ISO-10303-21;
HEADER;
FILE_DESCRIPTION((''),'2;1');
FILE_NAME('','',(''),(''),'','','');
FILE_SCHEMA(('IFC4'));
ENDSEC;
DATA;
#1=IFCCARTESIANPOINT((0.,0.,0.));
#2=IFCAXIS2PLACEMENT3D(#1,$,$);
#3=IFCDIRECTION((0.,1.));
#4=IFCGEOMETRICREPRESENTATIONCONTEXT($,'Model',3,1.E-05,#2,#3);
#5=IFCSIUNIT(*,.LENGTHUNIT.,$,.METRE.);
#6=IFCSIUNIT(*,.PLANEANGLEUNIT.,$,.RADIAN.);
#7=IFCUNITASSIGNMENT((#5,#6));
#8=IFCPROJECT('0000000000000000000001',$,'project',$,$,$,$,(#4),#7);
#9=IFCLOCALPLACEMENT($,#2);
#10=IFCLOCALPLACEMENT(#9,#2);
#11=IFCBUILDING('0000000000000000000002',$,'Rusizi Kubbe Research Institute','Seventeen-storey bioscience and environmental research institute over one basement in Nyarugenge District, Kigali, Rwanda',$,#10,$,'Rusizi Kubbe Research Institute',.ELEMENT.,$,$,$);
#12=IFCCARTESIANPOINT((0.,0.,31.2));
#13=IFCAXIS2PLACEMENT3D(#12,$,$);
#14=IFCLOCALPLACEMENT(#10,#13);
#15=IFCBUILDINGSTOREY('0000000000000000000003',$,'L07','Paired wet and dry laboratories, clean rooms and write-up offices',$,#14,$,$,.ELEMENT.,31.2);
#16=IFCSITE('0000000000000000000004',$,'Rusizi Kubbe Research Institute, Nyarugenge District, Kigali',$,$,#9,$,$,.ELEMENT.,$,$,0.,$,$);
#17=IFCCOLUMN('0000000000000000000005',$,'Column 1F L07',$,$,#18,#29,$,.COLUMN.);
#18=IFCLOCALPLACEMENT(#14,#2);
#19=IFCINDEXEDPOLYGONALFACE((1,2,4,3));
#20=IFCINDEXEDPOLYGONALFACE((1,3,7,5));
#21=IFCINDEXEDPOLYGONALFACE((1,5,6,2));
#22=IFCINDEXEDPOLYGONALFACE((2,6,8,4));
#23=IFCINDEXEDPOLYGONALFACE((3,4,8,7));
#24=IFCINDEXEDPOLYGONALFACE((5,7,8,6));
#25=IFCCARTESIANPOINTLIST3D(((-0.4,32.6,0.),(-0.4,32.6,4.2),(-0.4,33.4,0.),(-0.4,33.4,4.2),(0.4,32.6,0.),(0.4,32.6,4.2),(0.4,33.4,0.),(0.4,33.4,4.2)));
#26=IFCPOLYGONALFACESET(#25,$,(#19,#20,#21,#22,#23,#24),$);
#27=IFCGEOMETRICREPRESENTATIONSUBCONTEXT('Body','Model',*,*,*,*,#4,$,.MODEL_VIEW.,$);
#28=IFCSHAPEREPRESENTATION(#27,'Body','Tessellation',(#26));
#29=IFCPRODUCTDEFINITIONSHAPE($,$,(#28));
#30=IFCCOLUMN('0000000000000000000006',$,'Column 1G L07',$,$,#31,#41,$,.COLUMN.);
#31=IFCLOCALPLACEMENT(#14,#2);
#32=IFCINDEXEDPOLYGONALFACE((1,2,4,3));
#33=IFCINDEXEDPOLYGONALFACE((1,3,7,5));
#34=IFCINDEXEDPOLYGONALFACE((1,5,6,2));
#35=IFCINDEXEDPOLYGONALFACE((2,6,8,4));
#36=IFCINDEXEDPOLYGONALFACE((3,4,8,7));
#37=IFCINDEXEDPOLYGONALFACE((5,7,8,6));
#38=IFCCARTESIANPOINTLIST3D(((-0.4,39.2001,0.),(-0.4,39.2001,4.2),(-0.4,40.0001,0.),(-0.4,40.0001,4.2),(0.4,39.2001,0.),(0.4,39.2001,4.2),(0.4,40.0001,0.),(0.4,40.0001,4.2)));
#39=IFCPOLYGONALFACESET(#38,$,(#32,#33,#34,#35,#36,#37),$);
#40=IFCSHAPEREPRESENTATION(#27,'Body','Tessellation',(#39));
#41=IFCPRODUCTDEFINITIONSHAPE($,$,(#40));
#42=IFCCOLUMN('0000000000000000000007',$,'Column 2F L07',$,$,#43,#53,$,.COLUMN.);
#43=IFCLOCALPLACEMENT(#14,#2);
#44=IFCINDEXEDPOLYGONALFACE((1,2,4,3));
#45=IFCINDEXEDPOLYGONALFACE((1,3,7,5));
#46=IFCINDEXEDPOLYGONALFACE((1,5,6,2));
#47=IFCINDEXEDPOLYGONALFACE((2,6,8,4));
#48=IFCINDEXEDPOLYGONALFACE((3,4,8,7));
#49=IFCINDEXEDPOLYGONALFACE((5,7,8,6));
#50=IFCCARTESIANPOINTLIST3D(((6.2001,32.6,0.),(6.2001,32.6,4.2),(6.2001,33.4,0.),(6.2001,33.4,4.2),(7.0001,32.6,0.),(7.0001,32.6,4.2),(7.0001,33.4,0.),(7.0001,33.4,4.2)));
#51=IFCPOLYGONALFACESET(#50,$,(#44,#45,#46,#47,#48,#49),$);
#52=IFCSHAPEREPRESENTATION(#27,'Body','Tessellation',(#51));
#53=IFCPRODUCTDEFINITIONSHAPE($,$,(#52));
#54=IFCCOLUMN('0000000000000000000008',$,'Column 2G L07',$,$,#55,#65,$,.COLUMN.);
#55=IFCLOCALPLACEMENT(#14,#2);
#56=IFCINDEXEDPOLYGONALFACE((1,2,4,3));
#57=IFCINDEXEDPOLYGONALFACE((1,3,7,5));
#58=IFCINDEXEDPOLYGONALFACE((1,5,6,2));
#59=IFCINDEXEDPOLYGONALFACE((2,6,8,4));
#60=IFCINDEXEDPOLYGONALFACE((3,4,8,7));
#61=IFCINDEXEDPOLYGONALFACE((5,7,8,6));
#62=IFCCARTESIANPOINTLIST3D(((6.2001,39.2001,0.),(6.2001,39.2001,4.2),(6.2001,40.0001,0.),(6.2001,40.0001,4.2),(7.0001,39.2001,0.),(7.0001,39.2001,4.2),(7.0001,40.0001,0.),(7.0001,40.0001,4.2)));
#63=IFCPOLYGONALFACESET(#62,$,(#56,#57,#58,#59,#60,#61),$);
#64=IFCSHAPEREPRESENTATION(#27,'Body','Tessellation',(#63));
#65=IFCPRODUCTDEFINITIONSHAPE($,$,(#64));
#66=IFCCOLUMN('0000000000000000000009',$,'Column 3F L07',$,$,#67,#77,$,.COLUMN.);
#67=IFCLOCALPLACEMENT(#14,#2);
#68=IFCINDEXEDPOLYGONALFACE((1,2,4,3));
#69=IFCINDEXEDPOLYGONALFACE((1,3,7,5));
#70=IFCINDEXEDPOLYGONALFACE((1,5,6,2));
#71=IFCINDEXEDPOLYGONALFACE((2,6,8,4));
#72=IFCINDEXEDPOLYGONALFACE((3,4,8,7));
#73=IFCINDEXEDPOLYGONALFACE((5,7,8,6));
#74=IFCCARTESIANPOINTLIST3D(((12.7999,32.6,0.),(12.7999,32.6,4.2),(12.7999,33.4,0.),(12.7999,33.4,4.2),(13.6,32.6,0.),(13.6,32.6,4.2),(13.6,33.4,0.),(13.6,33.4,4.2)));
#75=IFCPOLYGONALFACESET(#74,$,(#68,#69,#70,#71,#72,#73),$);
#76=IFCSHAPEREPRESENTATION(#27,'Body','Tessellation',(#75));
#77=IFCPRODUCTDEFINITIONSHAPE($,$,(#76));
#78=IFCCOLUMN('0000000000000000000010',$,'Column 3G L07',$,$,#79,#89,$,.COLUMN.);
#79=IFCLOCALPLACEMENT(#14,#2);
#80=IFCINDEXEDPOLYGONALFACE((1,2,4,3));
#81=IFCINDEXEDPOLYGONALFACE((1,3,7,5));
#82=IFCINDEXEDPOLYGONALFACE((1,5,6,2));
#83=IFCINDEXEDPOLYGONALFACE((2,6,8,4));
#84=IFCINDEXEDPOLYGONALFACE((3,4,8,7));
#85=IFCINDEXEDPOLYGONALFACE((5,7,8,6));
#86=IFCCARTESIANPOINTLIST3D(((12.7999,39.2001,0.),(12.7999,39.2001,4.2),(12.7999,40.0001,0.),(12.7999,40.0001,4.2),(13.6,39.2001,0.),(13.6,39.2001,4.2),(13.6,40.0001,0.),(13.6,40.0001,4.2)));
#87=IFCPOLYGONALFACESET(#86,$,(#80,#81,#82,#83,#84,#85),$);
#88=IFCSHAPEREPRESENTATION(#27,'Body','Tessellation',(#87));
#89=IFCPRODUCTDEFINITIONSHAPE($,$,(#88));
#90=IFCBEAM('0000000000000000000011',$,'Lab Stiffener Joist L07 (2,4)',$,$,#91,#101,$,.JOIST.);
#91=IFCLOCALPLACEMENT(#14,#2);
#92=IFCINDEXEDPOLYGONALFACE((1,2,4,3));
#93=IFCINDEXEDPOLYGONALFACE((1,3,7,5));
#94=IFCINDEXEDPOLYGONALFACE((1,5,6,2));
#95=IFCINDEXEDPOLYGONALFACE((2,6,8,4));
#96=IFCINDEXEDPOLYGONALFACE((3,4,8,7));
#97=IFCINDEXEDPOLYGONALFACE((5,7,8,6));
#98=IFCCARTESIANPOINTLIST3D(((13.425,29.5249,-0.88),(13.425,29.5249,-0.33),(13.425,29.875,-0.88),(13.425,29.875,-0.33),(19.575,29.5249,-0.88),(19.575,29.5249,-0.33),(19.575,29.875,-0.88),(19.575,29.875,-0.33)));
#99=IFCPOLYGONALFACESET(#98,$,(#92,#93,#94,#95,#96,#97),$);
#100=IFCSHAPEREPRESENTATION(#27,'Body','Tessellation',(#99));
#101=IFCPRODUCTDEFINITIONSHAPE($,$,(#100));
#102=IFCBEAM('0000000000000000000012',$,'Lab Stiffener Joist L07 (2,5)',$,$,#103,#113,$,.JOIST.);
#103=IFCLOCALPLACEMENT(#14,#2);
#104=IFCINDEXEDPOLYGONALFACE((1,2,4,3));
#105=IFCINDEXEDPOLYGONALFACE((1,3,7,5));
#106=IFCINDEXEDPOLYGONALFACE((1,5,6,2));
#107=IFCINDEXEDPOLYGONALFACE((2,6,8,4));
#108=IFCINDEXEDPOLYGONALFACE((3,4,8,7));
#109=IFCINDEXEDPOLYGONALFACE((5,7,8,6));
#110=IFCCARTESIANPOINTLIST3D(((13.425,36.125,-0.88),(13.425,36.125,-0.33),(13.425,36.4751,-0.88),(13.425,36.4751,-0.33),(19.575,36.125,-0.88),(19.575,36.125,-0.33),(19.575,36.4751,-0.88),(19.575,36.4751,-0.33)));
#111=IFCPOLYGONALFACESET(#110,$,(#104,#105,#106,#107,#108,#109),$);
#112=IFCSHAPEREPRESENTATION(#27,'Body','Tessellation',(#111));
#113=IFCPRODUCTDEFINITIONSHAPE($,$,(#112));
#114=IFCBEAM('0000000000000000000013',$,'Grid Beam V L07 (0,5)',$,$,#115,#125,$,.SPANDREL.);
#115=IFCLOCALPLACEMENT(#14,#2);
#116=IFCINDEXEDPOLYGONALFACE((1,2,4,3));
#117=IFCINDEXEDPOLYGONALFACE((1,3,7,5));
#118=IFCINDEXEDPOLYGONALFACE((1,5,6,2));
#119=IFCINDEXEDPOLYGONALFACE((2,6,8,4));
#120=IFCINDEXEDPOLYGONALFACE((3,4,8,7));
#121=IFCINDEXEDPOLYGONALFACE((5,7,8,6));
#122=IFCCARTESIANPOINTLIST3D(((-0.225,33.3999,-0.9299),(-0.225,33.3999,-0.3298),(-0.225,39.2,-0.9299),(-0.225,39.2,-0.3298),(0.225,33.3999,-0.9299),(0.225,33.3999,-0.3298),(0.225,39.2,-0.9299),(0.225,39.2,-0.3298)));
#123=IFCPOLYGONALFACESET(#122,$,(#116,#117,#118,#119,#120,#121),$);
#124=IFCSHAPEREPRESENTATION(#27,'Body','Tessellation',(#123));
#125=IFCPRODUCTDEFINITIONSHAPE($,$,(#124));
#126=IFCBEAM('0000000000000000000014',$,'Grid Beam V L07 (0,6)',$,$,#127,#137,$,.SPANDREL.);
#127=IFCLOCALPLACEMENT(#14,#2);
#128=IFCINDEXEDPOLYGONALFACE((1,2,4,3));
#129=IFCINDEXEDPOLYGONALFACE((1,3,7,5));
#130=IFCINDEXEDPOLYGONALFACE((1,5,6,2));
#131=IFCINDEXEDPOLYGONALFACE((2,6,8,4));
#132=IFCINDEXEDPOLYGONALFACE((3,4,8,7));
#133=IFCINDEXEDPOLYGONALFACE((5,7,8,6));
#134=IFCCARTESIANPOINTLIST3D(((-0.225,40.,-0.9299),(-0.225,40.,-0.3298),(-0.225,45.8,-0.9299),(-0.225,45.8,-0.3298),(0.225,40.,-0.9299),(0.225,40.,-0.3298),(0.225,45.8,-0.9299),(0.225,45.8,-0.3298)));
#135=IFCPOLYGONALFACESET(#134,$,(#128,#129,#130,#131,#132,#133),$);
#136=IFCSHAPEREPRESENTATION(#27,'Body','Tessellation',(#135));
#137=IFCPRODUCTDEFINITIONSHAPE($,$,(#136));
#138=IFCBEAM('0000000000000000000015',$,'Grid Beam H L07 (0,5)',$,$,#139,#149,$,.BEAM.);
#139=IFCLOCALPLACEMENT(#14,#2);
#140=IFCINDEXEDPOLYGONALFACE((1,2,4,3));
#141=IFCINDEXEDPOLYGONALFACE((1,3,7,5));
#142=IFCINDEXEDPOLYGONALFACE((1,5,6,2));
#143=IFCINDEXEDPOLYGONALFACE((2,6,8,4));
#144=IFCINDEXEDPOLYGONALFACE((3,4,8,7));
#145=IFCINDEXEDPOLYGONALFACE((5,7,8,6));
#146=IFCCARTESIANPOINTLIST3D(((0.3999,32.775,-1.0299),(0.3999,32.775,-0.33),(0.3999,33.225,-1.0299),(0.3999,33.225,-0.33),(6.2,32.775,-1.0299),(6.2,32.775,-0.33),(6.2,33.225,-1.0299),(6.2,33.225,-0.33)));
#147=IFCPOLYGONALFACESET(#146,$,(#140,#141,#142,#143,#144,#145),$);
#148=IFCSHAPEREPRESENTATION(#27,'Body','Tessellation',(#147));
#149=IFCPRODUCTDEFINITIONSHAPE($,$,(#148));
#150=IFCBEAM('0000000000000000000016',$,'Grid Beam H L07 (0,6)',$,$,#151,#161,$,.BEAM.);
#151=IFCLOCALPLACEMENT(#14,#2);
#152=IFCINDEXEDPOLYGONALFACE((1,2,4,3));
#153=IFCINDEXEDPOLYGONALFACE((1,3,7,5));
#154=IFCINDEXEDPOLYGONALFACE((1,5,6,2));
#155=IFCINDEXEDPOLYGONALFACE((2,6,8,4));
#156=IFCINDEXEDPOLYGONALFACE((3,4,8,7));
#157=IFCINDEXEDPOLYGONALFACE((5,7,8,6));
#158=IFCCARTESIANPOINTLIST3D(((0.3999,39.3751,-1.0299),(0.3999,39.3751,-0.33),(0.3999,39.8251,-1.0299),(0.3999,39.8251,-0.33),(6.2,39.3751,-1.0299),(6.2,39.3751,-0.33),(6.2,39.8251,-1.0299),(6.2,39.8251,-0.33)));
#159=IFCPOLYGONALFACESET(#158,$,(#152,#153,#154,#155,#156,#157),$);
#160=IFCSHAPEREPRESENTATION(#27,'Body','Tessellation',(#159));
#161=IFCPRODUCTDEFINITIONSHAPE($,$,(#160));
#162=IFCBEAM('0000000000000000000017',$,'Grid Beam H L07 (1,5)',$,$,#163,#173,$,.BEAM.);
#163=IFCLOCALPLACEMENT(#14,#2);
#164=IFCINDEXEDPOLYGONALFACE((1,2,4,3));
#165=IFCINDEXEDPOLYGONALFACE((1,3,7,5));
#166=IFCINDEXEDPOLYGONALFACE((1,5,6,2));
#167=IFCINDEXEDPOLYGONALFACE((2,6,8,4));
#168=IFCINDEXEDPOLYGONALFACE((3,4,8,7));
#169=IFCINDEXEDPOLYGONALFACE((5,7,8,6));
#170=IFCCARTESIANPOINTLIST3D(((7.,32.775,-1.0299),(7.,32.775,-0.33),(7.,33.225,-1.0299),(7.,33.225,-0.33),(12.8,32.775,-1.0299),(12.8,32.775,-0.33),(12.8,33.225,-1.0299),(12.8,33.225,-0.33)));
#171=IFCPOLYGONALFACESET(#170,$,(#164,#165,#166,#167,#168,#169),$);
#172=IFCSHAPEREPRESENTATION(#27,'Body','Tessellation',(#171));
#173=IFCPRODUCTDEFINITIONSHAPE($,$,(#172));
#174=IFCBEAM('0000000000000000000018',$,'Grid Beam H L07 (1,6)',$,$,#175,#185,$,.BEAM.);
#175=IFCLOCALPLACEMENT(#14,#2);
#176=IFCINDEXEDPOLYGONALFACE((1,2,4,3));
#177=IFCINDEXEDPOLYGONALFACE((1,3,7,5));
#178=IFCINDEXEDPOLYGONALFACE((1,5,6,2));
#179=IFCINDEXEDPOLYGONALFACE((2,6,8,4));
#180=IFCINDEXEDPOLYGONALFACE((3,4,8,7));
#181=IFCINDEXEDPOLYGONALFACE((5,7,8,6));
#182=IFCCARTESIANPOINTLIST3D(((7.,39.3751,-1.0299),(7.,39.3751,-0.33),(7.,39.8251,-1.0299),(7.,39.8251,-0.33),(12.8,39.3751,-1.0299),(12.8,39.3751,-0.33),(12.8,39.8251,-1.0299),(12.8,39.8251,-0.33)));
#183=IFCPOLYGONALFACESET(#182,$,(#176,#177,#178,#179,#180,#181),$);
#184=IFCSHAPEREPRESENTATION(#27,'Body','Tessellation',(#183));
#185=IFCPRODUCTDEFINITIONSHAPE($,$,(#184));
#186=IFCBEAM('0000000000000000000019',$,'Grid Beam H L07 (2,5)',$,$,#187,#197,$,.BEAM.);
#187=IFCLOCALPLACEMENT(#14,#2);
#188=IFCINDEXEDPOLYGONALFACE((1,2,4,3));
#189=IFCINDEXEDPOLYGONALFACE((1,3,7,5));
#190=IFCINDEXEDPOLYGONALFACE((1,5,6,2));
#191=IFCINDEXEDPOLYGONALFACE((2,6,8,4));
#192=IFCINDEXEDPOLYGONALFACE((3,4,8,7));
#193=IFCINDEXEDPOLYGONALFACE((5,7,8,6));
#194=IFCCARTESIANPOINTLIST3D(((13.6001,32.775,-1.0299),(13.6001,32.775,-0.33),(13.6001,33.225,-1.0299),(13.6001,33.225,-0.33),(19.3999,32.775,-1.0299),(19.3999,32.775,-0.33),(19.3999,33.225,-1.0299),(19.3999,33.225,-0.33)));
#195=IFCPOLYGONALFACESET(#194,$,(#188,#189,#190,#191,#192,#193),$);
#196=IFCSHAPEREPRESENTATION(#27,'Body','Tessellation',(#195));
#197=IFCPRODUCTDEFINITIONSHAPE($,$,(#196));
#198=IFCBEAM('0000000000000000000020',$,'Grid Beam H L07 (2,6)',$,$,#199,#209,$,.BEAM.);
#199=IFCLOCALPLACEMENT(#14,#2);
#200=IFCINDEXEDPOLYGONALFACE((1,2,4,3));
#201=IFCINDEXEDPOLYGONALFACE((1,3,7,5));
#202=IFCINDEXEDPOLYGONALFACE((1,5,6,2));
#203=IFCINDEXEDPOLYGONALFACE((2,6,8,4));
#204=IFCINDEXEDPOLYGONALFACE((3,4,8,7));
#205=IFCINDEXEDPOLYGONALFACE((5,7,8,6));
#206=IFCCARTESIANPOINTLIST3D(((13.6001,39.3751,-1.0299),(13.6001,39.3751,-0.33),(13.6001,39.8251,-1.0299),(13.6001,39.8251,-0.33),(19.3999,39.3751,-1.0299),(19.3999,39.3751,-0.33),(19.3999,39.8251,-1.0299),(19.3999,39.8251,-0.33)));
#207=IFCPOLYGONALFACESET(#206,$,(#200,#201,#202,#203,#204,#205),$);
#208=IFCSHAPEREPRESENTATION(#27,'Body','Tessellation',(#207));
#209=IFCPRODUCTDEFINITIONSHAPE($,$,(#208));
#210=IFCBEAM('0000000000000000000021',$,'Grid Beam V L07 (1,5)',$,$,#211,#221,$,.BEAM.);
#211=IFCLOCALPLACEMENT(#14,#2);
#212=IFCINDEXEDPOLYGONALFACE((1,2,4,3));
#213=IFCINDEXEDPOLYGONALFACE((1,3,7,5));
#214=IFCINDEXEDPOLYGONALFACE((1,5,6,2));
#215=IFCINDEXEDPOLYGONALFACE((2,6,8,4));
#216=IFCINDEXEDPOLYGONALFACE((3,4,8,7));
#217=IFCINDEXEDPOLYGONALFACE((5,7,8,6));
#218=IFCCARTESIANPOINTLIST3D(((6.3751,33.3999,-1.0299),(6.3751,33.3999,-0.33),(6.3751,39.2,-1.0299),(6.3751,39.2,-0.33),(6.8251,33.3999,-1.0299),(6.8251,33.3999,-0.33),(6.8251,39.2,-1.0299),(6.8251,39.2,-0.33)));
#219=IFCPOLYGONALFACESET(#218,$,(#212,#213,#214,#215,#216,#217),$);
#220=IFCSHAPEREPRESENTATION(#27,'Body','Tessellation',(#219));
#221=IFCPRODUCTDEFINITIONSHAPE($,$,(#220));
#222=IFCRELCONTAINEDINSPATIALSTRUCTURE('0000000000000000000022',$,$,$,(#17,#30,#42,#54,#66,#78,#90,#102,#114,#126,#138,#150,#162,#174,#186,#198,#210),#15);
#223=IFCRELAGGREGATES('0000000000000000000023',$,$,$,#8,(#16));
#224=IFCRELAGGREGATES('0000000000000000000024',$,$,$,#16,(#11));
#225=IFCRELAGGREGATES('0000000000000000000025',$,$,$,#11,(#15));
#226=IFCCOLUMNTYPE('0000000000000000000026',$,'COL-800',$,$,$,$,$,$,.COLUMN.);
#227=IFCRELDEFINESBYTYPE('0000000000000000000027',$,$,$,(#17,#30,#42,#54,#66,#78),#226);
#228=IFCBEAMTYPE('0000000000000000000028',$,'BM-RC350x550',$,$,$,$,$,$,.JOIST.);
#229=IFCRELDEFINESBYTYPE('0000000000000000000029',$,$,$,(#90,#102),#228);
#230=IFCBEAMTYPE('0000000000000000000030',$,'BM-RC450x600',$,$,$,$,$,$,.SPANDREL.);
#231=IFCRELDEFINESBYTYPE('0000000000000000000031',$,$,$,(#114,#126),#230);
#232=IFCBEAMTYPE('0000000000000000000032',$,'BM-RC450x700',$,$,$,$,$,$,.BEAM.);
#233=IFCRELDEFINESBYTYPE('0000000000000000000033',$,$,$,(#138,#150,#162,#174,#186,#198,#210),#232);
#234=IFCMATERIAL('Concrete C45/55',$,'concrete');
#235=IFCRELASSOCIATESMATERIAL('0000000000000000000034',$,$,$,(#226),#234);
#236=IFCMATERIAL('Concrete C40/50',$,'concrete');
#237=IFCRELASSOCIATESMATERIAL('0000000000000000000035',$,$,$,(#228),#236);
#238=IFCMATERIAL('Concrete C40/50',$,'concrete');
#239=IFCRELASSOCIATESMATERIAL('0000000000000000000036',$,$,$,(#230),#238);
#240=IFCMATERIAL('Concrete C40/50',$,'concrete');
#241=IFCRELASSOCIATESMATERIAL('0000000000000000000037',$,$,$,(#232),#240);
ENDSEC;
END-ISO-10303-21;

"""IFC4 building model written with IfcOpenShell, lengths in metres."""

from ifc_helpers import new_model, si_unit, direction, frame, origin, origin_2d, place, context, subcontext, project, spatial, rectangle, extrude, material, material_profile, profile_set, type_object, element, save


model = new_model("IFC4")

# Units and contexts
model_context = context("Model", 3, precision=1e-05, world=origin(), true_north=direction((0.0, 1.0)))
body_context = subcontext(model_context, "Body", "Model", "MODEL_VIEW")
ifc_project = project(units=[si_unit("LENGTHUNIT", "METRE"), si_unit("PLANEANGLEUNIT", "RADIAN")], contexts=[model_context])

# Site, building, storey
site_placement = place(None, origin())
site = spatial("IfcSite", under=ifc_project, at=site_placement, Name="Rusizi Kubbe Research Institute, Nyarugenge District, Kigali", CompositionType="ELEMENT", RefElevation=0.0)
building_placement = place(site_placement, origin())
building = spatial("IfcBuilding", under=site, at=building_placement, Name="Rusizi Kubbe Research Institute", Description="Seventeen-storey bioscience and environmental research institute over one basement in Nyarugenge District, Kigali, Rwanda", LongName="Rusizi Kubbe Research Institute", CompositionType="ELEMENT")
storey_placement = place(building_placement, frame((0.0, 0.0, 31.2)))
storey = spatial("IfcBuildingStorey", under=building, at=storey_placement, Name="L07", Description="Paired wet and dry laboratories, clean rooms and write-up offices", CompositionType="ELEMENT", Elevation=31.2)

# Columns
ifc_material_1 = material(Name="Concrete C45/55", Category="concrete")
ifc_material_profile_1 = material_profile(ifc_material_1, rectangle(XDim=0.8, YDim=0.8, at=origin_2d()), Name="RC800x800")
ifc_profile_set_1 = profile_set([ifc_material_profile_1], Name="Concrete C45/55")
column_type = type_object("IfcColumnType", Name="COL-800", PredefinedType="COLUMN", material=ifc_profile_set_1)
for number, where, z_axis, x_axis, name in (
    (1, (0.0, 33.0, 0.0), (0.0, 0.0, 1.0), (1.0, 0.0, 0.0), "Column 1F L07"),
    (2, (0.0, 39.6001, 0.0), (0.0, 0.0, 1.0), (1.0, 0.0, 0.0), "Column 1G L07"),
    (3, (6.6001, 33.0, 0.0), (0.0, 0.0, 1.0), (1.0, 0.0, 0.0), "Column 2F L07"),
    (4, (6.6001, 39.6001, 0.0), (0.0, 0.0, 1.0), (1.0, 0.0, 0.0), "Column 2G L07"),
    (5, (13.2, 33.0, 0.0), (0.0, 0.0, 1.0), (1.0, 0.0, 0.0), "Column 3F L07"),
    (6, (13.2, 39.6001, 0.0), (0.0, 0.0, 1.0), (1.0, 0.0, 0.0), "Column 3G L07"),
):
    element("IfcColumn", number, at=place(storey_placement, frame(where, z_axis=z_axis, x_axis=x_axis)), inside=storey, type_object=column_type, Name=name, PredefinedType="COLUMN", context=body_context, shape_type="SweptSolid", body=[
        extrude(rectangle(XDim=0.8, YDim=0.8, at=origin_2d()), origin(), (0.0, 0.0, 1.0), 4.2),
    ])

# Beams
ifc_material_2 = material(Name="Concrete C40/50", Category="concrete")
ifc_material_profile_2 = material_profile(ifc_material_2, rectangle(XDim=0.3501, YDim=0.55, at=origin_2d()), Name="RC350x550")
ifc_profile_set_2 = profile_set([ifc_material_profile_2], Name="Concrete C40/50")
beam_type_1 = type_object("IfcBeamType", Name="BM-RC350x550", PredefinedType="JOIST", material=ifc_profile_set_2)
for number, where, z_axis, x_axis, name in (
    (7, (13.425, 29.7, -0.605), (1.0, 0.0, 0.0), (0.0, 1.0, 0.0), "Lab Stiffener Joist L07 (2,4)"),
    (8, (13.425, 36.3, -0.605), (1.0, 0.0, 0.0), (0.0, 1.0, 0.0), "Lab Stiffener Joist L07 (2,5)"),
):
    element("IfcBeam", number, at=place(storey_placement, frame(where, z_axis=z_axis, x_axis=x_axis)), inside=storey, type_object=beam_type_1, Name=name, PredefinedType="JOIST", context=body_context, shape_type="SweptSolid", body=[
        extrude(rectangle(XDim=0.3501, YDim=0.55, at=origin_2d()), origin(), (0.0, 0.0, 1.0), 6.1499),
    ])
ifc_material_3 = material(Name="Concrete C40/50", Category="concrete")
ifc_material_profile_3 = material_profile(ifc_material_3, rectangle(XDim=0.45, YDim=0.6001, at=origin_2d()), Name="RC450x600")
ifc_profile_set_3 = profile_set([ifc_material_profile_3], Name="Concrete C40/50")
beam_type_2 = type_object("IfcBeamType", Name="BM-RC450x600", PredefinedType="SPANDREL", material=ifc_profile_set_3)
for number, where, z_axis, x_axis, name in (
    (9, (0.0, 33.3999, -0.6299), (0.0, 1.0, 0.0), (-1.0, 0.0, 0.0), "Grid Beam V L07 (0,5)"),
    (10, (0.0, 40.0, -0.6299), (0.0, 1.0, 0.0), (-1.0, 0.0, 0.0), "Grid Beam V L07 (0,6)"),
):
    element("IfcBeam", number, at=place(storey_placement, frame(where, z_axis=z_axis, x_axis=x_axis)), inside=storey, type_object=beam_type_2, Name=name, PredefinedType="SPANDREL", context=body_context, shape_type="SweptSolid", body=[
        extrude(rectangle(XDim=0.45, YDim=0.6001, at=origin_2d()), origin(), (0.0, 0.0, 1.0), 5.8),
    ])
ifc_material_4 = material(Name="Concrete C40/50", Category="concrete")
ifc_material_profile_4 = material_profile(ifc_material_4, rectangle(XDim=0.45, YDim=0.7, at=origin_2d()), Name="RC450x700B")
ifc_profile_set_4 = profile_set([ifc_material_profile_4], Name="Concrete C40/50")
beam_type_3 = type_object("IfcBeamType", Name="BM-RC450x700", PredefinedType="BEAM", material=ifc_profile_set_4)
for number, where, z_axis, x_axis, name in (
    (11, (0.3999, 33.0, -0.6799), (1.0, 0.0, 0.0), (0.0, 1.0, 0.0), "Grid Beam H L07 (0,5)"),
    (12, (0.3999, 39.6001, -0.6799), (1.0, 0.0, 0.0), (0.0, 1.0, 0.0), "Grid Beam H L07 (0,6)"),
    (13, (7.0, 33.0, -0.6799), (1.0, 0.0, 0.0), (0.0, 1.0, 0.0), "Grid Beam H L07 (1,5)"),
    (14, (7.0, 39.6001, -0.6799), (1.0, 0.0, 0.0), (0.0, 1.0, 0.0), "Grid Beam H L07 (1,6)"),
):
    element("IfcBeam", number, at=place(storey_placement, frame(where, z_axis=z_axis, x_axis=x_axis)), inside=storey, type_object=beam_type_3, Name=name, PredefinedType="BEAM", context=body_context, shape_type="SweptSolid", body=[
        extrude(rectangle(XDim=0.45, YDim=0.7, at=origin_2d()), origin(), (0.0, 0.0, 1.0), 5.8),
    ])
for number, where, z_axis, x_axis, name in (
    (15, (13.6001, 33.0, -0.6799), (1.0, 0.0, 0.0), (0.0, 1.0, 0.0), "Grid Beam H L07 (2,5)"),
    (16, (13.6001, 39.6001, -0.6799), (1.0, 0.0, 0.0), (0.0, 1.0, 0.0), "Grid Beam H L07 (2,6)"),
):
    element("IfcBeam", number, at=place(storey_placement, frame(where, z_axis=z_axis, x_axis=x_axis)), inside=storey, type_object=beam_type_3, Name=name, PredefinedType="BEAM", context=body_context, shape_type="SweptSolid", body=[
        extrude(rectangle(XDim=0.45, YDim=0.7, at=origin_2d()), origin(), (0.0, 0.0, 1.0), 5.7998),
    ])
for number, where, z_axis, x_axis, name in (
    (17, (6.6001, 33.3999, -0.6799), (0.0, 1.0, 0.0), (-1.0, 0.0, 0.0), "Grid Beam V L07 (1,5)"),
):
    element("IfcBeam", number, at=place(storey_placement, frame(where, z_axis=z_axis, x_axis=x_axis)), inside=storey, type_object=beam_type_3, Name=name, PredefinedType="BEAM", context=body_context, shape_type="SweptSolid", body=[
        extrude(rectangle(XDim=0.45, YDim=0.7, at=origin_2d()), origin(), (0.0, 0.0, 1.0), 5.8),
    ])

save(model, "model.ifc")
